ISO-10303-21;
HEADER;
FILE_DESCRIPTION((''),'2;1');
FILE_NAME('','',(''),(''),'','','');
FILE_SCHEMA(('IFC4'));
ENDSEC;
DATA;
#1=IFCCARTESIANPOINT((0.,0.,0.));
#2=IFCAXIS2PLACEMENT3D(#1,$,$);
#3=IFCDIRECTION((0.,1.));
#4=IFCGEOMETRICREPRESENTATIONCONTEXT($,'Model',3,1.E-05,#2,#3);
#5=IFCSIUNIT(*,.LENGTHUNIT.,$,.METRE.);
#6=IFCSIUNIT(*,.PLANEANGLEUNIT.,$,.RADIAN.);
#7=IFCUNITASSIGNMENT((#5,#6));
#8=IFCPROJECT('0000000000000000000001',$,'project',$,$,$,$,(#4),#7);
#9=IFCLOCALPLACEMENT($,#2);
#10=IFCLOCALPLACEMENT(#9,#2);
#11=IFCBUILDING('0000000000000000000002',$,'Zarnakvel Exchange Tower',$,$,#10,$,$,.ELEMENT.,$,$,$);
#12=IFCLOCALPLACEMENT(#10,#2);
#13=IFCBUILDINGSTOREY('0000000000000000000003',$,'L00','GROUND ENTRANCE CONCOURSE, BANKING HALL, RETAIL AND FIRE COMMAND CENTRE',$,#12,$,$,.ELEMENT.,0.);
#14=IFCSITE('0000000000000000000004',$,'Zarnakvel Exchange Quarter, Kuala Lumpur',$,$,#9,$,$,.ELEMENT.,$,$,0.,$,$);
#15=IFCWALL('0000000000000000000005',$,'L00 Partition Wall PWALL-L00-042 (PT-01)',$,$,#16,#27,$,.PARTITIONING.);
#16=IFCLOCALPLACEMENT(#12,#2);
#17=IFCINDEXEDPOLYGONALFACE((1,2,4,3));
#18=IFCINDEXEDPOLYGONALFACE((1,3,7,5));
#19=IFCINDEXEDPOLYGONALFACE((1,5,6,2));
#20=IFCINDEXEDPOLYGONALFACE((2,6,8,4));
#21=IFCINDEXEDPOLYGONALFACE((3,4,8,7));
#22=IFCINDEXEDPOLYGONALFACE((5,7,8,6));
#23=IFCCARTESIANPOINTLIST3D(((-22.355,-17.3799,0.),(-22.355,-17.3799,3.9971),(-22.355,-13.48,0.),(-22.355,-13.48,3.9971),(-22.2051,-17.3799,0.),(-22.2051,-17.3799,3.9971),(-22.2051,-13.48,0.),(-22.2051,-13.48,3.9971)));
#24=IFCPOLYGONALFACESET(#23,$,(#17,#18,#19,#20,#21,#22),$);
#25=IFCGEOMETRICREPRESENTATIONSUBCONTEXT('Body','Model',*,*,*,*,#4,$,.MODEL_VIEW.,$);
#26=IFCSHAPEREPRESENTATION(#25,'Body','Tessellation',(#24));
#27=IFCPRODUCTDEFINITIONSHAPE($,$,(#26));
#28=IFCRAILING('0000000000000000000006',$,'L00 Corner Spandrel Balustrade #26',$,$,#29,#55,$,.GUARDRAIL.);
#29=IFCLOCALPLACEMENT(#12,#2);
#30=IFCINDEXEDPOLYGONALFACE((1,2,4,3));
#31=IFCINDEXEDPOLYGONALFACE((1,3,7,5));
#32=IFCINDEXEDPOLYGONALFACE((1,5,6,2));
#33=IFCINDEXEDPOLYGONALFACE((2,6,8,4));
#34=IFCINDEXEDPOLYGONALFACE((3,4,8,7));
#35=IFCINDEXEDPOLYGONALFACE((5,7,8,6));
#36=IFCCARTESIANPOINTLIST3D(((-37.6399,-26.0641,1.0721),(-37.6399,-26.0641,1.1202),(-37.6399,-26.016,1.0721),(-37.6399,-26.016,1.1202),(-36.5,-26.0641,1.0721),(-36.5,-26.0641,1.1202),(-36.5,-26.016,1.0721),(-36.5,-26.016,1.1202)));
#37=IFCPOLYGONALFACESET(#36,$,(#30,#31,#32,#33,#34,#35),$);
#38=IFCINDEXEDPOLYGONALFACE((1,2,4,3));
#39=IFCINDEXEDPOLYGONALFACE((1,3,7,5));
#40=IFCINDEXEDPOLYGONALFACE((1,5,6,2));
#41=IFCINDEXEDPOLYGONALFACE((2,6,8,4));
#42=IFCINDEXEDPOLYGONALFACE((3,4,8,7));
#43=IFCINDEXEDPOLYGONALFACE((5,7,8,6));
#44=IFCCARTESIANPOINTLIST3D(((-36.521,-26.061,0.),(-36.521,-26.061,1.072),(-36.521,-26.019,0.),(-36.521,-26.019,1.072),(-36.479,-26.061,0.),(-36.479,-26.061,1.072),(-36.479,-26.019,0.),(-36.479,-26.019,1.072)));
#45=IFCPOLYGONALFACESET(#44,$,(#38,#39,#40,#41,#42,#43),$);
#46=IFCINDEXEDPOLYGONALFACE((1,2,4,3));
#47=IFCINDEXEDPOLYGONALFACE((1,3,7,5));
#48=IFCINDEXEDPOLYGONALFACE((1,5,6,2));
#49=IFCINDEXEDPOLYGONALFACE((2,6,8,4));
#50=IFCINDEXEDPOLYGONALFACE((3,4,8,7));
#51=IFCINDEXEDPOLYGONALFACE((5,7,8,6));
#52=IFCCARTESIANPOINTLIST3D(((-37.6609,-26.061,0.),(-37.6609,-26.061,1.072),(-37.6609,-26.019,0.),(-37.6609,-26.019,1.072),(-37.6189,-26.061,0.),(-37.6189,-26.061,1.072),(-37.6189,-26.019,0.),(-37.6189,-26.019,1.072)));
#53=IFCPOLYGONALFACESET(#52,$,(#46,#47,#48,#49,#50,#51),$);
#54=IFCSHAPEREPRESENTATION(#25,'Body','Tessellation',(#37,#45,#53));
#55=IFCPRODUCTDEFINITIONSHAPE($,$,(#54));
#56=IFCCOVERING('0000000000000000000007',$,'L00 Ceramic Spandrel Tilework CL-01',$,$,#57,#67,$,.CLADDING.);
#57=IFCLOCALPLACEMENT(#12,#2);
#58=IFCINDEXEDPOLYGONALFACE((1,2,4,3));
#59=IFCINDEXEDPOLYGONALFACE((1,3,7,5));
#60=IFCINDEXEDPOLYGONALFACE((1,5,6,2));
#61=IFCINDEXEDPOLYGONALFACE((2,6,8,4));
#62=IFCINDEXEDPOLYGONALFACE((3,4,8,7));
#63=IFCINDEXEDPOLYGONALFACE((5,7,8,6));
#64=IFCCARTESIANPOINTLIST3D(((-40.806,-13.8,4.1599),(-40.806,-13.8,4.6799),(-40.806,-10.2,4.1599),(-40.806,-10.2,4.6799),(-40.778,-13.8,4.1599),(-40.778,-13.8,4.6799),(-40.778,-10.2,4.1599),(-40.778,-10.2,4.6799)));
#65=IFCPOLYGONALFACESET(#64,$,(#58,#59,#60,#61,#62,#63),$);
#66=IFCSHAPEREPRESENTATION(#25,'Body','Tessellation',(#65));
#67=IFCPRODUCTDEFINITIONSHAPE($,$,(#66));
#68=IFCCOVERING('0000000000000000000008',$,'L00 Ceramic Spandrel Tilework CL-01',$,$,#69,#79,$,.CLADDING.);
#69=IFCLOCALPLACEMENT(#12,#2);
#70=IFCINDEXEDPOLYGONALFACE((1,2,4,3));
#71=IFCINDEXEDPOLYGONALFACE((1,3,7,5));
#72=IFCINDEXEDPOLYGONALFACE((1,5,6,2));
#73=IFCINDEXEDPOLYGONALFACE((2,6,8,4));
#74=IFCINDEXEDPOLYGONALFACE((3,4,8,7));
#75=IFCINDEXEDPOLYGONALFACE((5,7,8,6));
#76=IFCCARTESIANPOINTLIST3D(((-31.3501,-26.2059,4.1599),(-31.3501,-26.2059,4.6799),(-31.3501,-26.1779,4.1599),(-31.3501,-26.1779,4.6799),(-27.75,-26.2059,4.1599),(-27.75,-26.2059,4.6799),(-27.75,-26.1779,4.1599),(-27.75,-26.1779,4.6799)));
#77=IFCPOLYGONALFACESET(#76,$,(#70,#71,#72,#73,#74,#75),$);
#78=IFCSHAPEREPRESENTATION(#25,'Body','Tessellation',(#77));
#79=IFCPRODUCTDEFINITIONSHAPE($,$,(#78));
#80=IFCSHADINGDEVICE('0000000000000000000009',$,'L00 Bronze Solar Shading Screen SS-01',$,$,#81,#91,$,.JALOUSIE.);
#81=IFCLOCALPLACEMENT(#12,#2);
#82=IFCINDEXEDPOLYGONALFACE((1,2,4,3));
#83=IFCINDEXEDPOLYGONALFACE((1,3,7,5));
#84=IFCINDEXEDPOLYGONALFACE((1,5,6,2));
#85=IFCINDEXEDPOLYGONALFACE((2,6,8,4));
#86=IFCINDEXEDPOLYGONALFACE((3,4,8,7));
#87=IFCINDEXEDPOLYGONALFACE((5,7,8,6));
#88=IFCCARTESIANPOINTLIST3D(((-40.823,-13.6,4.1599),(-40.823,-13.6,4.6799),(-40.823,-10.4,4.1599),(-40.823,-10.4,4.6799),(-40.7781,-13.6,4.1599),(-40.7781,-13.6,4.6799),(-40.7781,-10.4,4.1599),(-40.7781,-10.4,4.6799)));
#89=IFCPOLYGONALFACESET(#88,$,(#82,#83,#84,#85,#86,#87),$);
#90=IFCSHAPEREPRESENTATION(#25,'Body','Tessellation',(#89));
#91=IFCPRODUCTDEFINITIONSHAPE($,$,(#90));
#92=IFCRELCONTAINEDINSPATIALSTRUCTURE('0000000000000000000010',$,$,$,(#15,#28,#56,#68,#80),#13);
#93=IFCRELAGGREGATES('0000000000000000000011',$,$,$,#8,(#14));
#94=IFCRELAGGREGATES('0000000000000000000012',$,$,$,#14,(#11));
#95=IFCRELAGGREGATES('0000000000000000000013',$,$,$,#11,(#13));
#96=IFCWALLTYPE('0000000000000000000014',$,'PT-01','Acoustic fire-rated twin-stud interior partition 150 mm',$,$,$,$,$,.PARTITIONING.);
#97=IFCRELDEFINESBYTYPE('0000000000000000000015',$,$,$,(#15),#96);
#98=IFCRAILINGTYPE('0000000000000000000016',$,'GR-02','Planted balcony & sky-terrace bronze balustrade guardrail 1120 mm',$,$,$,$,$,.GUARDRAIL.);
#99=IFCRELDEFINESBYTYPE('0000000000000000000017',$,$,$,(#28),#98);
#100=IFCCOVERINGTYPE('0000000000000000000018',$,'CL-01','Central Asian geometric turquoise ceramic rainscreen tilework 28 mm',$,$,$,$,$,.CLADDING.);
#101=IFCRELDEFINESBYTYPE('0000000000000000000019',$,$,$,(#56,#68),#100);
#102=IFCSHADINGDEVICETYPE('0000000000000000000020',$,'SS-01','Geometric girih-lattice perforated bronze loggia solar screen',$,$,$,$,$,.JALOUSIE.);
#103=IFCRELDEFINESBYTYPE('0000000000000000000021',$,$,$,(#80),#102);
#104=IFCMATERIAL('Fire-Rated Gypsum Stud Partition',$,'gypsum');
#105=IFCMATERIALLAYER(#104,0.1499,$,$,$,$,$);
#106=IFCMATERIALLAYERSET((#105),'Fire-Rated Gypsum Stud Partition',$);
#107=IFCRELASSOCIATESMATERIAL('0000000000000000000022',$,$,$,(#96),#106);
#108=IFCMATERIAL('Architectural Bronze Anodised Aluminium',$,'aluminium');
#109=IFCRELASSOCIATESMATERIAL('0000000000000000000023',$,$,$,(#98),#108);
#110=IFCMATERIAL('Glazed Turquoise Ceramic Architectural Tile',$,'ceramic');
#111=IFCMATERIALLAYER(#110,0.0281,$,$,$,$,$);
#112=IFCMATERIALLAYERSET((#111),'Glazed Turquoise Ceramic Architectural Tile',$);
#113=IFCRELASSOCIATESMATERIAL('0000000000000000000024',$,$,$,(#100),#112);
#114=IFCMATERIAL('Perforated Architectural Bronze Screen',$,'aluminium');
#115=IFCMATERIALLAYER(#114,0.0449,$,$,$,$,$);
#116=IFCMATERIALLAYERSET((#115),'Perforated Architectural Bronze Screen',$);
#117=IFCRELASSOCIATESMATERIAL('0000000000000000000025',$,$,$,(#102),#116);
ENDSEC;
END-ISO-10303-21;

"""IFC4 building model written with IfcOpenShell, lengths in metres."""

from ifc_helpers import new_model, si_unit, direction, frame, frame_2d, origin, origin_2d, place, context, subcontext, project, spatial, rectangle, extrude, source, transform, mapped, material, layer, layer_set, type_object, element, save


model = new_model("IFC4")

# Units and contexts
model_context = context("Model", 3, precision=1e-05, world=origin(), true_north=direction((0.0, 1.0)))
body_context = subcontext(model_context, "Body", "Model", "MODEL_VIEW")
ifc_project = project(units=[si_unit("LENGTHUNIT", "METRE"), si_unit("PLANEANGLEUNIT", "RADIAN")], contexts=[model_context])

# Site, building, storey
site_placement = place(None, origin())
site = spatial("IfcSite", under=ifc_project, at=site_placement, Name="Zarnakvel Exchange Quarter, Kuala Lumpur", CompositionType="ELEMENT", RefElevation=0.0)
building_placement = place(site_placement, origin())
building = spatial("IfcBuilding", under=site, at=building_placement, Name="Zarnakvel Exchange Tower", CompositionType="ELEMENT")
storey_placement = place(building_placement, origin())
storey = spatial("IfcBuildingStorey", under=building, at=storey_placement, Name="L00", Description="GROUND ENTRANCE CONCOURSE, BANKING HALL, RETAIL AND FIRE COMMAND CENTRE", CompositionType="ELEMENT", Elevation=0.0)

# Shared definitions
ifc_material_1 = material(Name="Architectural Bronze Anodised Aluminium", Category="aluminium")

# Shared definitions
ifc_material_2 = material(Name="Fire-Rated Gypsum Stud Partition", Category="gypsum")
ifc_layer_1 = layer(ifc_material_2, 0.1499)
ifc_layer_set_1 = layer_set([ifc_layer_1], Name="Fire-Rated Gypsum Stud Partition")
wall_type_1 = type_object("IfcWallType", Name="PT-01", Description="Acoustic fire-rated twin-stud interior partition 150 mm", PredefinedType="PARTITIONING", material=ifc_layer_set_1)

# Wall
wall_1_placement = place(storey_placement, frame((-22.28, -13.48, 0.0), z_axis=(0.0, 0.0, 1.0), x_axis=(0.0, -1.0, 0.0)))
element("IfcWall", 1, at=wall_1_placement, inside=storey, type_object=wall_type_1, Name="L00 Partition Wall PWALL-L00-042 (PT-01)", PredefinedType="PARTITIONING", context=body_context, shape_type="SweptSolid", body=[
    extrude(rectangle(XDim=3.8999, YDim=0.1499, at=frame_2d((1.95, 0.0))), origin(), (0.0, 0.0, 1.0), 3.9971),
])

# Railing
railing_type = type_object("IfcRailingType", Name="GR-02", Description="Planted balcony & sky-terrace bronze balustrade guardrail 1120 mm", PredefinedType="GUARDRAIL", material=ifc_material_1)
railing_placement = place(storey_placement, frame((-36.5, -26.04, 0.0)))
element("IfcRailing", 2, at=railing_placement, inside=storey, type_object=railing_type, Name="L00 Corner Spandrel Balustrade #26", PredefinedType="GUARDRAIL", context=body_context, shape_type="SweptSolid", body=[
    extrude(rectangle(XDim=0.0481, YDim=0.0481, at=origin_2d()), frame((0.0, 0.0, 1.0962), z_axis=(-1.0, 0.0, 0.0), x_axis=(0.0, -1.0, 0.0)), (0.0, 0.0, 1.0), 1.1399),
    extrude(rectangle(XDim=0.042, YDim=0.042, at=origin_2d()), origin(), (0.0, 0.0, 1.0), 1.072),
    extrude(rectangle(XDim=0.042, YDim=0.042, at=origin_2d()), frame((-1.1399, 0.0, 0.0)), (0.0, 0.0, 1.0), 1.072),
])

# Coverings
ifc_material_3 = material(Name="Glazed Turquoise Ceramic Architectural Tile", Category="ceramic")
ifc_layer_2 = layer(ifc_material_3, 0.0281)
ifc_layer_set_2 = layer_set([ifc_layer_2], Name="Glazed Turquoise Ceramic Architectural Tile")
covering_type = type_object("IfcCoveringType", Name="CL-01", Description="Central Asian geometric turquoise ceramic rainscreen tilework 28 mm", PredefinedType="CLADDING", material=ifc_layer_set_2)
shared_shape_1 = source(origin(), body_context, "Body", "SweptSolid", [
    extrude(rectangle(XDim=3.6001, YDim=0.0281, at=origin_2d()), origin(), (0.0, 0.0, 1.0), 0.52),
])
for number, where, z_axis, x_axis, name in (
    (3, (-40.792, -12.0, 4.1599), (0.0, 0.0, 1.0), (0.0, 1.0, 0.0), "L00 Ceramic Spandrel Tilework CL-01"),
    (4, (-29.55, -26.1919, 4.1599), (0.0, 0.0, 1.0), (-1.0, 0.0, 0.0), "L00 Ceramic Spandrel Tilework CL-01"),
):
    element("IfcCovering", number, at=place(storey_placement, frame(where, z_axis=z_axis, x_axis=x_axis)), inside=storey, type_object=covering_type, Name=name, PredefinedType="CLADDING", context=body_context, shape_type="MappedRepresentation", body=[
        mapped(shared_shape_1, transform((0.0, 0.0, 0.0), x_axis=(1.0, 0.0, 0.0), y_axis=(0.0, 1.0, 0.0), z_axis=(0.0, 0.0, 1.0), scale=1.0)),
    ])

# Shading device
ifc_material_4 = material(Name="Perforated Architectural Bronze Screen", Category="aluminium")
ifc_layer_3 = layer(ifc_material_4, 0.0449)
ifc_layer_set_3 = layer_set([ifc_layer_3], Name="Perforated Architectural Bronze Screen")
shading_device_type = type_object("IfcShadingDeviceType", Name="SS-01", Description="Geometric girih-lattice perforated bronze loggia solar screen", PredefinedType="JALOUSIE", material=ifc_layer_set_3)
shared_shape_2 = source(origin(), body_context, "Body", "SweptSolid", [
    extrude(rectangle(XDim=3.2, YDim=0.0449, at=origin_2d()), origin(), (0.0, 0.0, 1.0), 0.52),
])
shading_device_placement = place(storey_placement, frame((-40.8005, -12.0, 4.1599), z_axis=(0.0, 0.0, 1.0), x_axis=(0.0, 1.0, 0.0)))
element("IfcShadingDevice", 5, at=shading_device_placement, inside=storey, type_object=shading_device_type, Name="L00 Bronze Solar Shading Screen SS-01", PredefinedType="JALOUSIE", context=body_context, shape_type="MappedRepresentation", body=[
    mapped(shared_shape_2, transform((0.0, 0.0, 0.0), x_axis=(1.0, 0.0, 0.0), y_axis=(0.0, 1.0, 0.0), z_axis=(0.0, 0.0, 1.0), scale=1.0)),
])

save(model, "model.ifc")
